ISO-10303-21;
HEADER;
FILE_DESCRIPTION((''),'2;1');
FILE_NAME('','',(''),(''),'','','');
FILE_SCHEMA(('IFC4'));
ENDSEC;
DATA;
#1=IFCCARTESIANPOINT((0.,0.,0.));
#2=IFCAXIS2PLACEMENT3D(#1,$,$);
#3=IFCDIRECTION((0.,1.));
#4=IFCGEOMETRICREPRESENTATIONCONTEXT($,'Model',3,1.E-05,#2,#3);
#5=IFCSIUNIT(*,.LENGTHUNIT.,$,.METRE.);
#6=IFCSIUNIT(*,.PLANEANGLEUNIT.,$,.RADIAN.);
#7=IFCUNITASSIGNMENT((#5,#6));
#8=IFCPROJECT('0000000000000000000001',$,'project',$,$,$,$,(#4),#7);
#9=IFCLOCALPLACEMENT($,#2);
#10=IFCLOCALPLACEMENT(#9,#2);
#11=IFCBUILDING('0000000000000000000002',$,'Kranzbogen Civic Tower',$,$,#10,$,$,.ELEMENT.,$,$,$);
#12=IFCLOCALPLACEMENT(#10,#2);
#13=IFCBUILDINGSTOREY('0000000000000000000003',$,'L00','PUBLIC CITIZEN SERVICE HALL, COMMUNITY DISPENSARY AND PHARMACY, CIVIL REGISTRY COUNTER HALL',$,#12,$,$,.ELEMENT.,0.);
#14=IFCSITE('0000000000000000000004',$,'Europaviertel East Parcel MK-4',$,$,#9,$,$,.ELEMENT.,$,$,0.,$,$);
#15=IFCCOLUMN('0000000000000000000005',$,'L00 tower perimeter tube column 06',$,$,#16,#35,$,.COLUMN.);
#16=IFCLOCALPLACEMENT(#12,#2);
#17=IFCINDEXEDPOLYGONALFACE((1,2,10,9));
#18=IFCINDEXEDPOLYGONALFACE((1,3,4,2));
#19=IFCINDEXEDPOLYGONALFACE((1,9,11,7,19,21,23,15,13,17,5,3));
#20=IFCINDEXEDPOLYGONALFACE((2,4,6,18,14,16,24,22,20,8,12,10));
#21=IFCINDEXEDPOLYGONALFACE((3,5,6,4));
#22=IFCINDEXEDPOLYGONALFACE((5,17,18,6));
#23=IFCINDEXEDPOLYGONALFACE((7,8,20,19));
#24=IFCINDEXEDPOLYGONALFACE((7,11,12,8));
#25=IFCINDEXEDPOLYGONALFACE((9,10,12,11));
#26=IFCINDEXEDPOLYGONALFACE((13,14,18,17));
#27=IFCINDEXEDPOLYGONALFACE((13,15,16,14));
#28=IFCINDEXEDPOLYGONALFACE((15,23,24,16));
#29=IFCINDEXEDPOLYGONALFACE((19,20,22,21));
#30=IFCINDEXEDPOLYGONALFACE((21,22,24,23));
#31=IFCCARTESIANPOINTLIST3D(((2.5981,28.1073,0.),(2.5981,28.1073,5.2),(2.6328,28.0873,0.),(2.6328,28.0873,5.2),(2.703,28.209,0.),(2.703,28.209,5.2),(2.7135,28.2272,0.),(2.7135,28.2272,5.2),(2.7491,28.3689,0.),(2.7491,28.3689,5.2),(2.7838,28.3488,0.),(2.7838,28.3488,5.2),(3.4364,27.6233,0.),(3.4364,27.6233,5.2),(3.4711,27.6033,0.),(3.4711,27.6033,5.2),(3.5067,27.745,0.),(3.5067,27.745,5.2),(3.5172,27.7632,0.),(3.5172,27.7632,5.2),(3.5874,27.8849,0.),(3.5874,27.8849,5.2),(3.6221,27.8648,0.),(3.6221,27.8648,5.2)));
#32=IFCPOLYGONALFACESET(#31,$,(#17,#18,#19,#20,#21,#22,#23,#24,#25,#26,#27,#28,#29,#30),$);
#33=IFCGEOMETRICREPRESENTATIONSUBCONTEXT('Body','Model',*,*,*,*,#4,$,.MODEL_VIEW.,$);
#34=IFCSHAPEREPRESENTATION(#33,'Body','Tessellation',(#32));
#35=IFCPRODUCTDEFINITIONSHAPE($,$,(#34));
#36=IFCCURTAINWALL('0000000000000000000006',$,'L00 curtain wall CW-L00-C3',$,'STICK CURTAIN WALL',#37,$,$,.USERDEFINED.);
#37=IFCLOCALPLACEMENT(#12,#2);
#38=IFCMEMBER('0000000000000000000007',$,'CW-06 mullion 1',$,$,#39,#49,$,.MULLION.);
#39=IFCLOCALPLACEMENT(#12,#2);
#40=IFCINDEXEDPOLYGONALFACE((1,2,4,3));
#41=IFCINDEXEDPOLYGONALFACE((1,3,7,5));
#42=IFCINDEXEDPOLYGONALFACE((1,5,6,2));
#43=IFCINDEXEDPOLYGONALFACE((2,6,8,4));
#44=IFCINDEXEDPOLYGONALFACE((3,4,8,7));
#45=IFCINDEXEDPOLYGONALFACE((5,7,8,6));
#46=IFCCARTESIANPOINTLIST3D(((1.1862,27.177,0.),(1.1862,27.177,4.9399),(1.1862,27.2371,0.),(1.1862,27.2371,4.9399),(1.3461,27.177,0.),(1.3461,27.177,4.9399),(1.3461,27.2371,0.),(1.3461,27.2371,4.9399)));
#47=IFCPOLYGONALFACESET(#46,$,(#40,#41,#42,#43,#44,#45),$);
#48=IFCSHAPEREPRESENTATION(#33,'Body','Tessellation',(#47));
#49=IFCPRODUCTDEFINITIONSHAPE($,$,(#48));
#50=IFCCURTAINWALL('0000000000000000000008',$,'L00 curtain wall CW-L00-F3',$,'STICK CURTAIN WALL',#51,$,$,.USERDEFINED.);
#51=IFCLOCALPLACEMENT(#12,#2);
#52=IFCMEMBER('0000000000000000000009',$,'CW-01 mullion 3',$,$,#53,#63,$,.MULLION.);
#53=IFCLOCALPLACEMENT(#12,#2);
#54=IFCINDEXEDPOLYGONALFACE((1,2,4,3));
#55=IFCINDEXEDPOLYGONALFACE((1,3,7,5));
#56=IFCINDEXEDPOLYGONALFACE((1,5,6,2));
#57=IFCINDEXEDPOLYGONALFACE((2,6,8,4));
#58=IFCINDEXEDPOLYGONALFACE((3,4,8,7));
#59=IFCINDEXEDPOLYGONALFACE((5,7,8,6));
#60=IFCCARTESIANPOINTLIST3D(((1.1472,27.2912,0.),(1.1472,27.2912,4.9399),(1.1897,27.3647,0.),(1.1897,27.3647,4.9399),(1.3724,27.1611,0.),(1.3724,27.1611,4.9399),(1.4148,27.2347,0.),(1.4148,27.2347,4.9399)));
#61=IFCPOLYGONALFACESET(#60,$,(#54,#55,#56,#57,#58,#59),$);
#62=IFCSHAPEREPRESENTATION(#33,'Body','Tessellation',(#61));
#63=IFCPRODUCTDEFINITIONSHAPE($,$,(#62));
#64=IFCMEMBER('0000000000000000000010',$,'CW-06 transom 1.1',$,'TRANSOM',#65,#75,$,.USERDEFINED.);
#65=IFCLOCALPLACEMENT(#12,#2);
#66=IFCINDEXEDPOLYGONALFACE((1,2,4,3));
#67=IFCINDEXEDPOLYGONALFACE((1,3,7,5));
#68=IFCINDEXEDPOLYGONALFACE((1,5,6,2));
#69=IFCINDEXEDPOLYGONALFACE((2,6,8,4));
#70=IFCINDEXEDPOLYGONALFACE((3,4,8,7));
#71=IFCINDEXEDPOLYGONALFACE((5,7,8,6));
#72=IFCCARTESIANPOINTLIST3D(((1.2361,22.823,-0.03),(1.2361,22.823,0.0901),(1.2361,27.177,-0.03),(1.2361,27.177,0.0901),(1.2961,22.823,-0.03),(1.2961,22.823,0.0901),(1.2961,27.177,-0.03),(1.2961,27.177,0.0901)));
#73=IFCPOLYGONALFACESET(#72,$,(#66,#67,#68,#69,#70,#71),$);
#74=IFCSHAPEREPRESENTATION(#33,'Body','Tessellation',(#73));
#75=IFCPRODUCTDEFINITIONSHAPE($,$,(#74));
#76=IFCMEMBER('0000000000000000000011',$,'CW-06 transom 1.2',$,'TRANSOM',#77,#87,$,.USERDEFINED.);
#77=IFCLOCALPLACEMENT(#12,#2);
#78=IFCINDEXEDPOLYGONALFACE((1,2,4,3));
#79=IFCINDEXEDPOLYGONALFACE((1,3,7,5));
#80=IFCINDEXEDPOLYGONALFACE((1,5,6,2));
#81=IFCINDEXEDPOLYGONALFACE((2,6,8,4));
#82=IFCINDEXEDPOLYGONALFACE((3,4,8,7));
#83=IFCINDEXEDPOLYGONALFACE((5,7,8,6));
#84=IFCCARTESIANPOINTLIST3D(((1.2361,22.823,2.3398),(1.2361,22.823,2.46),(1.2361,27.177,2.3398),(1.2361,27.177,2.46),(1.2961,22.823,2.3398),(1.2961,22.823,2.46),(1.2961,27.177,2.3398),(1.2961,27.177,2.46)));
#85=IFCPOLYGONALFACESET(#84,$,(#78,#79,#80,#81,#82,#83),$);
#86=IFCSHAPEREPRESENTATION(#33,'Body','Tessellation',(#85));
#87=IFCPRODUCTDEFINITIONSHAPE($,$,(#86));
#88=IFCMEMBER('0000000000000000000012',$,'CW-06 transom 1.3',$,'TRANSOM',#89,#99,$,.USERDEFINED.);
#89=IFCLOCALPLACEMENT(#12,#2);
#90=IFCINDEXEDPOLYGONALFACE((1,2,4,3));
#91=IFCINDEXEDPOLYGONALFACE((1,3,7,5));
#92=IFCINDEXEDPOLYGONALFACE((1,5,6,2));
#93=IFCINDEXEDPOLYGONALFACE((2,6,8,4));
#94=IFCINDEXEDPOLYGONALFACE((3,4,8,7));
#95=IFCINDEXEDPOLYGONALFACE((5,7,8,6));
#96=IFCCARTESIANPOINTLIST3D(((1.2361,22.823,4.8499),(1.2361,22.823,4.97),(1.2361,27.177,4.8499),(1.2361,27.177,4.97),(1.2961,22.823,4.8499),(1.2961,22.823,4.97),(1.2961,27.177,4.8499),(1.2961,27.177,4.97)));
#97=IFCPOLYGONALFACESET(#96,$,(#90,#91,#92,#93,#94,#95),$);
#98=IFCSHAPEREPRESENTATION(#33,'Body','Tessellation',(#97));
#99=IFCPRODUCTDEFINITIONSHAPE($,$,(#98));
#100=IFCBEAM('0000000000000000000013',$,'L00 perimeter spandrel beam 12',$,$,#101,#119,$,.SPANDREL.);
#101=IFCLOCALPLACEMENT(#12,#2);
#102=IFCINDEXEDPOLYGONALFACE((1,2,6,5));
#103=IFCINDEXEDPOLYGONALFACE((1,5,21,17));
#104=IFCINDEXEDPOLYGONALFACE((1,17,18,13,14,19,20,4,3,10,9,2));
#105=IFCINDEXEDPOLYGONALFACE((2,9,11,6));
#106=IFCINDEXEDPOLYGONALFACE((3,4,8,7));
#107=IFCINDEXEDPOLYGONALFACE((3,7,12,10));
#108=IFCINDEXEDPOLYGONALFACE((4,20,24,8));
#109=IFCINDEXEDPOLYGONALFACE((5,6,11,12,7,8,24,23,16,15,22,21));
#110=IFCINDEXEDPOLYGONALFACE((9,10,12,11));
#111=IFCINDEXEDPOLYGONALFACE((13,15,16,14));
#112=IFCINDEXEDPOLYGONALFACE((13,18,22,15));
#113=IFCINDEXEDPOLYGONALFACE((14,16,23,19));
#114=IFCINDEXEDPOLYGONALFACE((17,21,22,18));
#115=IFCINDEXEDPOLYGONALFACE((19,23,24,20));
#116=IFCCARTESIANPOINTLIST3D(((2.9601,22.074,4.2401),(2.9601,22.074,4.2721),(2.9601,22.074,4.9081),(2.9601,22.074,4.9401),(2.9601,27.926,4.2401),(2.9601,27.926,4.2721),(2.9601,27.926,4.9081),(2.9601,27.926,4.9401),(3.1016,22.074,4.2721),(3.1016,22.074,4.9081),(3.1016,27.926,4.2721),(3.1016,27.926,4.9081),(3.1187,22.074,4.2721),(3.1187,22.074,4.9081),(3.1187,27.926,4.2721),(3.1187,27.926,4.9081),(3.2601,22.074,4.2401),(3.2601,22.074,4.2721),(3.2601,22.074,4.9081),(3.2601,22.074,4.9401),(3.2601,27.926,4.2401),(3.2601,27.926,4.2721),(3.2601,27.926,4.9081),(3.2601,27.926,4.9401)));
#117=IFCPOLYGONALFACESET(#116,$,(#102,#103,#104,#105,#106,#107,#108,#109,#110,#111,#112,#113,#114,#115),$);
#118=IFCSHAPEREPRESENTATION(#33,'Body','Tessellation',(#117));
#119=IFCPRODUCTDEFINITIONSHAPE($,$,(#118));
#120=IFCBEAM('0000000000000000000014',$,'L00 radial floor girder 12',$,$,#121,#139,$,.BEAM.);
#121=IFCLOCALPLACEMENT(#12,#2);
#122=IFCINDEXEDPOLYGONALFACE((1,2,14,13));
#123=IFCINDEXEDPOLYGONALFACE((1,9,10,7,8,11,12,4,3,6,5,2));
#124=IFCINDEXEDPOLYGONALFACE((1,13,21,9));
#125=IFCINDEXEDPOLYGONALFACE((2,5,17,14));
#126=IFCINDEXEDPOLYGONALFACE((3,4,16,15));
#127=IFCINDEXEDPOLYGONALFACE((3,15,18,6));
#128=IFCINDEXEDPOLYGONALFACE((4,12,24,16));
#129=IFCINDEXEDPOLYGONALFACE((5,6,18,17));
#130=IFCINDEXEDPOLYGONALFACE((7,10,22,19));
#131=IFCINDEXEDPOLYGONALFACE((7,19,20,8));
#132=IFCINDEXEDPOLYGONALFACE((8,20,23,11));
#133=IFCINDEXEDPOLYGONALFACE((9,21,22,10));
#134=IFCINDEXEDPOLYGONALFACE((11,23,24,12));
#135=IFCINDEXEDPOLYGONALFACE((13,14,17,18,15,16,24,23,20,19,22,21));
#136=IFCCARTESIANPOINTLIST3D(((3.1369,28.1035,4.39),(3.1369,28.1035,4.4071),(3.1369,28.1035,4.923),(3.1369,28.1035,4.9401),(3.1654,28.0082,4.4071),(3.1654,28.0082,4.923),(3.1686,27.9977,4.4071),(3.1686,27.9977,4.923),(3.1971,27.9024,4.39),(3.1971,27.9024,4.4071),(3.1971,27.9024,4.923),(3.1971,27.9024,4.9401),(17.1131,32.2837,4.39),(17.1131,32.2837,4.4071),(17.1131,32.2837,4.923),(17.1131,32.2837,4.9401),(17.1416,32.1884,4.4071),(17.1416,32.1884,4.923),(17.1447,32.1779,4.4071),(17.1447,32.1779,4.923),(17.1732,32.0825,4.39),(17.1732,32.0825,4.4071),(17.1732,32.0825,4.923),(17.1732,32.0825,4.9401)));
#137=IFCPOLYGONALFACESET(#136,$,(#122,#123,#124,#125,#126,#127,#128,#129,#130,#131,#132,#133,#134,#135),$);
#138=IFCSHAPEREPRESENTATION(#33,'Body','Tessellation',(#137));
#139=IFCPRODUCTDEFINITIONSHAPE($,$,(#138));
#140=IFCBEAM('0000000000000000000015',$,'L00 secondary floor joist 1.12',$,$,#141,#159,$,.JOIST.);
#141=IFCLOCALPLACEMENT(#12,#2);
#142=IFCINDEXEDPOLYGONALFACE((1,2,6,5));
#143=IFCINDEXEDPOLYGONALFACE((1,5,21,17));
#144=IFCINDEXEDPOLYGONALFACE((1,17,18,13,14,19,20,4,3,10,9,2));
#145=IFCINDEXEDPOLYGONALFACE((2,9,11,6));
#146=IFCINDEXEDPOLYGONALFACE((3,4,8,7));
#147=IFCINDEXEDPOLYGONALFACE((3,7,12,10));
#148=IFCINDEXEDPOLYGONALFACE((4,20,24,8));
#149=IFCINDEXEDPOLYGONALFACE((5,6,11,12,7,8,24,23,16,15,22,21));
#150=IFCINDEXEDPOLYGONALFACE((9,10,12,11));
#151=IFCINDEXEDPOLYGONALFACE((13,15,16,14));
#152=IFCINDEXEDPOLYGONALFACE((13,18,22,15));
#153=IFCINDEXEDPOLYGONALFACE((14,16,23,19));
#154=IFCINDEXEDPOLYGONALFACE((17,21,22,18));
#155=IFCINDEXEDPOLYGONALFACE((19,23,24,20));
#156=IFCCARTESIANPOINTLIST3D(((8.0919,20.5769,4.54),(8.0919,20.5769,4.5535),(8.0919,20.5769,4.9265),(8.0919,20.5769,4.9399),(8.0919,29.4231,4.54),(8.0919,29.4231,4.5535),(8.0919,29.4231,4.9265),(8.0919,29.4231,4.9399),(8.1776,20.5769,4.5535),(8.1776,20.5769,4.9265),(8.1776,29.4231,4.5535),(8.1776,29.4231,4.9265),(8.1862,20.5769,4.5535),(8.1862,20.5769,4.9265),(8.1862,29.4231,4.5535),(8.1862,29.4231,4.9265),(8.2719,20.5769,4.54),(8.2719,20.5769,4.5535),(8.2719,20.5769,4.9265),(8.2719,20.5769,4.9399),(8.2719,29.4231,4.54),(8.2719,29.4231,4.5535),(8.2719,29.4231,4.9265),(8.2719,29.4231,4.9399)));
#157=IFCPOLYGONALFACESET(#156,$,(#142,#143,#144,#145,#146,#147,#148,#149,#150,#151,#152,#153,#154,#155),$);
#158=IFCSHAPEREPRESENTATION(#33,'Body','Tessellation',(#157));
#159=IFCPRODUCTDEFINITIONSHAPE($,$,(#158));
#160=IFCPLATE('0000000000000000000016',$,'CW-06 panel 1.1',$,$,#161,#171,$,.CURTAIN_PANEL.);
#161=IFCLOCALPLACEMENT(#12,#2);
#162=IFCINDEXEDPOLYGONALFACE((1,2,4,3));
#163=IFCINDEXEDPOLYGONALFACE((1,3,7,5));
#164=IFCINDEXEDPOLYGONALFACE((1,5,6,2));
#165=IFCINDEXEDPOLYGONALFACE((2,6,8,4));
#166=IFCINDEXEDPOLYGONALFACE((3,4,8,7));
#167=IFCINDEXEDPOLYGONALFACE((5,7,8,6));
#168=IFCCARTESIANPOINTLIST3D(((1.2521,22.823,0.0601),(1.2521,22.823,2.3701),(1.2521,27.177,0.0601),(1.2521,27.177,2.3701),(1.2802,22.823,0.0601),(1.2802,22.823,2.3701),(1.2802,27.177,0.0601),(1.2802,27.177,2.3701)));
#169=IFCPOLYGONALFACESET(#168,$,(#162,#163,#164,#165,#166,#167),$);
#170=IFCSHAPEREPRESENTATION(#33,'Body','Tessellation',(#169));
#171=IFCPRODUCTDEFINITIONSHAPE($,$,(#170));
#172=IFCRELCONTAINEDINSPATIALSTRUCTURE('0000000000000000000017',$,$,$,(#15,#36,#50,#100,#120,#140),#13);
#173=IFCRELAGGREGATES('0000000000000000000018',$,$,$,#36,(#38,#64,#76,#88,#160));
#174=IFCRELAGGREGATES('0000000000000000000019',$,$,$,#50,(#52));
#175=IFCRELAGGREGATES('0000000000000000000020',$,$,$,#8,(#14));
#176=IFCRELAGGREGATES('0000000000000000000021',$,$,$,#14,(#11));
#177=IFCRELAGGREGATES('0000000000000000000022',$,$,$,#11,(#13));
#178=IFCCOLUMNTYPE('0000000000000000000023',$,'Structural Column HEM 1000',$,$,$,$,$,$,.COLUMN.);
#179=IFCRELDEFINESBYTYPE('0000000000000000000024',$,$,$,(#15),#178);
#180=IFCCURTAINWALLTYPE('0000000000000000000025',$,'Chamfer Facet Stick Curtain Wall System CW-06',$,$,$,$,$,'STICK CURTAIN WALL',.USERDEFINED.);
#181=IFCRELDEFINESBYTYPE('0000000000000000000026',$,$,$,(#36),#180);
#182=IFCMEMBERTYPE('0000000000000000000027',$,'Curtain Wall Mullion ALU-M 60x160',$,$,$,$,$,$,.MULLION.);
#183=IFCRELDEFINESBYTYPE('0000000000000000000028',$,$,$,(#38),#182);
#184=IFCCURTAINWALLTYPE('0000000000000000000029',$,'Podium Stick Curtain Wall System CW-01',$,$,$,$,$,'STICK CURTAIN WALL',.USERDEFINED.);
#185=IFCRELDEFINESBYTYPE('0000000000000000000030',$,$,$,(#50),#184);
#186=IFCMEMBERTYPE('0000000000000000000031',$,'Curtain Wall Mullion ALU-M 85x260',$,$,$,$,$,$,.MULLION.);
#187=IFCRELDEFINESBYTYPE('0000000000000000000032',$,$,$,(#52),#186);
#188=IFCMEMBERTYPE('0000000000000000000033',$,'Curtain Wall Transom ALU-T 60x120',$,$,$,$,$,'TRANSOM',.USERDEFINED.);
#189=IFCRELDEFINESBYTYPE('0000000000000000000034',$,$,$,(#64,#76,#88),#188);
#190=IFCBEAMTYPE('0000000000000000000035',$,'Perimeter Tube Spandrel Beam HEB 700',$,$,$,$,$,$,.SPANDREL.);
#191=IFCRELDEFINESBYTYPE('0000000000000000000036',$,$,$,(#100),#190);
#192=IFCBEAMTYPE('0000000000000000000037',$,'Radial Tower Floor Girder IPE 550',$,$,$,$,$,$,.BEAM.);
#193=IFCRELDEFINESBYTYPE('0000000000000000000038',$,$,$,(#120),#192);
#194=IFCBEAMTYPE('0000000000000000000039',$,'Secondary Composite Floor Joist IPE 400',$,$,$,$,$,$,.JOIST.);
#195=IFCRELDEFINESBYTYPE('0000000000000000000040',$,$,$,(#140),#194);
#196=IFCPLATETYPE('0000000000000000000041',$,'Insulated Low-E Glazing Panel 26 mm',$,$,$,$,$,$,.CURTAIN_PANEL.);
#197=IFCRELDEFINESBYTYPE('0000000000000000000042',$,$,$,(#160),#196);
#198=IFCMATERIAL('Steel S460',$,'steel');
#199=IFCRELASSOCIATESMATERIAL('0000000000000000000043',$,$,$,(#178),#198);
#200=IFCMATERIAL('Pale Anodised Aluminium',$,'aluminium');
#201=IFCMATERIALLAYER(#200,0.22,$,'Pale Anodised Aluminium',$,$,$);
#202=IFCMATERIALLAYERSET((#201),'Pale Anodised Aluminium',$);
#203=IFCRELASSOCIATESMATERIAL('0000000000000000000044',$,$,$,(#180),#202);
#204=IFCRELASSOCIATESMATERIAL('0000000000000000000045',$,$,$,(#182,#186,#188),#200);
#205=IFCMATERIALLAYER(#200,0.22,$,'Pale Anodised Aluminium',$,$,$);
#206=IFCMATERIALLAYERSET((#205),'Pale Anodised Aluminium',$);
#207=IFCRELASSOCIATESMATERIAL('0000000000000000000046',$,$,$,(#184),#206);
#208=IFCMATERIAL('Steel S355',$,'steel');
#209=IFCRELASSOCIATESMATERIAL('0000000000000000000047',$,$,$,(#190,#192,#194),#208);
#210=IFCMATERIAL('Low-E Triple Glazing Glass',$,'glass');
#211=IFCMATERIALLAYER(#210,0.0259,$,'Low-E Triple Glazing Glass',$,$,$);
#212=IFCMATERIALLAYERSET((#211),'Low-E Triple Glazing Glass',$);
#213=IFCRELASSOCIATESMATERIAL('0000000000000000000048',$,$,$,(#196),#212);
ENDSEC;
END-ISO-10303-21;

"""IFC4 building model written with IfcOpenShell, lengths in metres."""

from ifc_helpers import new_model, si_unit, direction, frame, origin, origin_2d, place, context, subcontext, project, spatial, rectangle, i_section, extrude, material, layer, layer_set, material_profile, profile_set, type_object, element, aggregate, save


model = new_model("IFC4")

# Units and contexts
model_context = context("Model", 3, precision=1e-05, world=origin(), true_north=direction((0.0, 1.0)))
body_context = subcontext(model_context, "Body", "Model", "MODEL_VIEW")
ifc_project = project(units=[si_unit("LENGTHUNIT", "METRE"), si_unit("PLANEANGLEUNIT", "RADIAN")], contexts=[model_context])

# Site, building, storey
site_placement = place(None, origin())
site = spatial("IfcSite", under=ifc_project, at=site_placement, Name="Europaviertel East Parcel MK-4", CompositionType="ELEMENT", RefElevation=0.0)
building_placement = place(site_placement, origin())
building = spatial("IfcBuilding", under=site, at=building_placement, Name="Kranzbogen Civic Tower", CompositionType="ELEMENT")
storey_placement = place(building_placement, origin())
storey = spatial("IfcBuildingStorey", under=building, at=storey_placement, Name="L00", Description="PUBLIC CITIZEN SERVICE HALL, COMMUNITY DISPENSARY AND PHARMACY, CIVIL REGISTRY COUNTER HALL", CompositionType="ELEMENT", Elevation=0.0)

# Column
ifc_material_1 = material(Name="Steel S460", Category="steel")
ifc_material_profile_1 = material_profile(ifc_material_1, i_section(OverallWidth=0.302, OverallDepth=1.0081, WebThickness=0.021, FlangeThickness=0.04, at=origin_2d()), Name="HEM 1000")
ifc_profile_set_1 = profile_set([ifc_material_profile_1], Name="Steel S460")
column_type = type_object("IfcColumnType", Name="Structural Column HEM 1000", PredefinedType="COLUMN", material=ifc_profile_set_1)
column_placement = place(storey_placement, frame((3.1101, 27.9861, 0.0), z_axis=(0.0, 0.0, 1.0), x_axis=(0.5, 0.866025, 0.0)))
element("IfcColumn", 1, at=column_placement, inside=storey, type_object=column_type, Name="L00 tower perimeter tube column 06", PredefinedType="COLUMN", context=body_context, shape_type="SweptSolid", body=[
    extrude(i_section(OverallWidth=0.302, OverallDepth=1.0081, WebThickness=0.021, FlangeThickness=0.04, at=origin_2d()), origin(), (0.0, 0.0, 1.0), 5.2),
])

# Curtain walls, members
ifc_material_2 = material(Name="Pale Anodised Aluminium", Category="aluminium")
ifc_layer_1 = layer(ifc_material_2, 0.22, Name="Pale Anodised Aluminium")
ifc_layer_set_1 = layer_set([ifc_layer_1], Name="Pale Anodised Aluminium")
curtain_wall_type_1 = type_object("IfcCurtainWallType", Name="Chamfer Facet Stick Curtain Wall System CW-06", ElementType="STICK CURTAIN WALL", PredefinedType="USERDEFINED", material=ifc_layer_set_1)
curtain_wall_1_placement = place(storey_placement, origin())
curtain_wall_1 = element("IfcCurtainWall", 2, at=curtain_wall_1_placement, inside=storey, type_object=curtain_wall_type_1, Name="L00 curtain wall CW-L00-C3", ObjectType="STICK CURTAIN WALL", PredefinedType="USERDEFINED")
ifc_material_profile_2 = material_profile(ifc_material_2, rectangle(XDim=0.0601, YDim=0.1599, at=origin_2d()), Name="ALU-M 60x160")
ifc_profile_set_2 = profile_set([ifc_material_profile_2], Name="Pale Anodised Aluminium")
member_type_1 = type_object("IfcMemberType", Name="Curtain Wall Mullion ALU-M 60x160", PredefinedType="MULLION", material=ifc_profile_set_2)
member_1_placement = place(storey_placement, frame((1.2661, 27.207, 0.0), z_axis=(0.0, 0.0, 1.0), x_axis=(0.0, -1.0, 0.0)))
member_1 = element("IfcMember", 3, at=member_1_placement, type_object=member_type_1, Name="CW-06 mullion 1", PredefinedType="MULLION", context=body_context, shape_type="SweptSolid", body=[
    extrude(rectangle(XDim=0.0601, YDim=0.1599, at=origin_2d()), origin(), (0.0, 0.0, 1.0), 4.9399),
])
ifc_layer_2 = layer(ifc_material_2, 0.22, Name="Pale Anodised Aluminium")
ifc_layer_set_2 = layer_set([ifc_layer_2], Name="Pale Anodised Aluminium")
curtain_wall_type_2 = type_object("IfcCurtainWallType", Name="Podium Stick Curtain Wall System CW-01", ElementType="STICK CURTAIN WALL", PredefinedType="USERDEFINED", material=ifc_layer_set_2)
curtain_wall_2_placement = place(storey_placement, origin())
curtain_wall_2 = element("IfcCurtainWall", 4, at=curtain_wall_2_placement, inside=storey, type_object=curtain_wall_type_2, Name="L00 curtain wall CW-L00-F3", ObjectType="STICK CURTAIN WALL", PredefinedType="USERDEFINED")
ifc_material_profile_3 = material_profile(ifc_material_2, rectangle(XDim=0.085, YDim=0.26, at=origin_2d()), Name="ALU-M 85x260")
ifc_profile_set_3 = profile_set([ifc_material_profile_3], Name="Pale Anodised Aluminium")
member_type_2 = type_object("IfcMemberType", Name="Curtain Wall Mullion ALU-M 85x260", PredefinedType="MULLION", material=ifc_profile_set_3)
member_2_placement = place(storey_placement, frame((1.281, 27.2629, 0.0), z_axis=(0.0, 0.0, 1.0), x_axis=(-0.500006, -0.866022, 0.0)))
member_2 = element("IfcMember", 5, at=member_2_placement, type_object=member_type_2, Name="CW-01 mullion 3", PredefinedType="MULLION", context=body_context, shape_type="SweptSolid", body=[
    extrude(rectangle(XDim=0.085, YDim=0.26, at=origin_2d()), origin(), (0.0, 0.0, 1.0), 4.9399),
])

# Members
ifc_material_profile_4 = material_profile(ifc_material_2, rectangle(XDim=0.0601, YDim=0.1201, at=origin_2d()), Name="ALU-T 60x120")
ifc_profile_set_4 = profile_set([ifc_material_profile_4], Name="Pale Anodised Aluminium")
member_type_3 = type_object("IfcMemberType", Name="Curtain Wall Transom ALU-T 60x120", ElementType="TRANSOM", PredefinedType="USERDEFINED", material=ifc_profile_set_4)
member_3_placement = place(storey_placement, frame((1.2661, 27.177, 0.03), z_axis=(0.0, -1.0, 0.0), x_axis=(1.0, 0.0, 0.0)))
member_3 = element("IfcMember", 6, at=member_3_placement, type_object=member_type_3, Name="CW-06 transom 1.1", ObjectType="TRANSOM", PredefinedType="USERDEFINED", context=body_context, shape_type="SweptSolid", body=[
    extrude(rectangle(XDim=0.0601, YDim=0.1201, at=origin_2d()), origin(), (0.0, 0.0, 1.0), 4.354),
])
member_4_placement = place(storey_placement, frame((1.2661, 27.177, 2.3999), z_axis=(0.0, -1.0, 0.0), x_axis=(1.0, 0.0, 0.0)))
member_4 = element("IfcMember", 7, at=member_4_placement, type_object=member_type_3, Name="CW-06 transom 1.2", ObjectType="TRANSOM", PredefinedType="USERDEFINED", context=body_context, shape_type="SweptSolid", body=[
    extrude(rectangle(XDim=0.0601, YDim=0.1201, at=origin_2d()), origin(), (0.0, 0.0, 1.0), 4.354),
])
member_5_placement = place(storey_placement, frame((1.2661, 27.177, 4.9099), z_axis=(0.0, -1.0, 0.0), x_axis=(1.0, 0.0, 0.0)))
member_5 = element("IfcMember", 8, at=member_5_placement, type_object=member_type_3, Name="CW-06 transom 1.3", ObjectType="TRANSOM", PredefinedType="USERDEFINED", context=body_context, shape_type="SweptSolid", body=[
    extrude(rectangle(XDim=0.0601, YDim=0.1201, at=origin_2d()), origin(), (0.0, 0.0, 1.0), 4.354),
])

# Beams
ifc_material_3 = material(Name="Steel S355", Category="steel")
ifc_material_profile_5 = material_profile(ifc_material_3, i_section(OverallWidth=0.3, OverallDepth=0.7, WebThickness=0.0171, FlangeThickness=0.032, at=origin_2d()), Name="HEB 700")
ifc_profile_set_5 = profile_set([ifc_material_profile_5], Name="Steel S355")
beam_type_1 = type_object("IfcBeamType", Name="Perimeter Tube Spandrel Beam HEB 700", PredefinedType="SPANDREL", material=ifc_profile_set_5)
beam_1_placement = place(storey_placement, frame((3.1101, 27.926, 4.5901), z_axis=(0.0, -1.0, 0.0), x_axis=(1.0, 0.0, 0.0)))
element("IfcBeam", 9, at=beam_1_placement, inside=storey, type_object=beam_type_1, Name="L00 perimeter spandrel beam 12", PredefinedType="SPANDREL", context=body_context, shape_type="SweptSolid", body=[
    extrude(i_section(OverallWidth=0.3, OverallDepth=0.7, WebThickness=0.0171, FlangeThickness=0.032, at=origin_2d()), origin(), (0.0, 0.0, 1.0), 5.8521),
])
ifc_material_profile_6 = material_profile(ifc_material_3, i_section(OverallWidth=0.21, OverallDepth=0.55, WebThickness=0.011, FlangeThickness=0.0171, at=origin_2d()), Name="IPE 550")
ifc_profile_set_6 = profile_set([ifc_material_profile_6], Name="Steel S355")
beam_type_2 = type_object("IfcBeamType", Name="Radial Tower Floor Girder IPE 550", PredefinedType="BEAM", material=ifc_profile_set_6)
beam_2_placement = place(storey_placement, frame((3.167, 28.0029, 4.665), z_axis=(0.958065, 0.286552, 0.0), x_axis=(-0.286552, 0.958065, 0.0)))
element("IfcBeam", 10, at=beam_2_placement, inside=storey, type_object=beam_type_2, Name="L00 radial floor girder 12", PredefinedType="BEAM", context=body_context, shape_type="SweptSolid", body=[
    extrude(i_section(OverallWidth=0.21, OverallDepth=0.55, WebThickness=0.011, FlangeThickness=0.0171, at=origin_2d()), origin(), (0.0, 0.0, 1.0), 14.5879),
])
ifc_material_profile_7 = material_profile(ifc_material_3, i_section(OverallWidth=0.1799, OverallDepth=0.3999, WebThickness=0.0085, FlangeThickness=0.0134, at=origin_2d()), Name="IPE 400")
ifc_profile_set_7 = profile_set([ifc_material_profile_7], Name="Steel S355")
beam_type_3 = type_object("IfcBeamType", Name="Secondary Composite Floor Joist IPE 400", PredefinedType="JOIST", material=ifc_profile_set_7)
beam_3_placement = place(storey_placement, frame((8.1819, 29.4231, 4.74), z_axis=(0.0, -1.0, 0.0), x_axis=(1.0, 0.0, 0.0)))
element("IfcBeam", 11, at=beam_3_placement, inside=storey, type_object=beam_type_3, Name="L00 secondary floor joist 1.12", PredefinedType="JOIST", context=body_context, shape_type="SweptSolid", body=[
    extrude(i_section(OverallWidth=0.1799, OverallDepth=0.3999, WebThickness=0.0085, FlangeThickness=0.0134, at=origin_2d()), origin(), (0.0, 0.0, 1.0), 8.8462),
])

# Plate
ifc_material_4 = material(Name="Low-E Triple Glazing Glass", Category="glass")
ifc_layer_3 = layer(ifc_material_4, 0.0259, Name="Low-E Triple Glazing Glass")
ifc_layer_set_3 = layer_set([ifc_layer_3], Name="Low-E Triple Glazing Glass")
plate_type_1 = type_object("IfcPlateType", Name="Insulated Low-E Glazing Panel 26 mm", PredefinedType="CURTAIN_PANEL", material=ifc_layer_set_3)
plate_1_placement = place(storey_placement, frame((1.2661, 25.0, 0.0601), z_axis=(0.0, 0.0, 1.0), x_axis=(0.0, -1.0, 0.0)))
plate_1 = element("IfcPlate", 12, at=plate_1_placement, type_object=plate_type_1, Name="CW-06 panel 1.1", PredefinedType="CURTAIN_PANEL", context=body_context, shape_type="SweptSolid", body=[
    extrude(rectangle(XDim=4.354, YDim=0.0281, at=origin_2d()), origin(), (0.0, 0.0, 1.0), 2.3101),
])
aggregate(curtain_wall_1, [member_1, member_3, member_4, member_5, plate_1])
aggregate(curtain_wall_2, [member_2])

save(model, "model.ifc")
